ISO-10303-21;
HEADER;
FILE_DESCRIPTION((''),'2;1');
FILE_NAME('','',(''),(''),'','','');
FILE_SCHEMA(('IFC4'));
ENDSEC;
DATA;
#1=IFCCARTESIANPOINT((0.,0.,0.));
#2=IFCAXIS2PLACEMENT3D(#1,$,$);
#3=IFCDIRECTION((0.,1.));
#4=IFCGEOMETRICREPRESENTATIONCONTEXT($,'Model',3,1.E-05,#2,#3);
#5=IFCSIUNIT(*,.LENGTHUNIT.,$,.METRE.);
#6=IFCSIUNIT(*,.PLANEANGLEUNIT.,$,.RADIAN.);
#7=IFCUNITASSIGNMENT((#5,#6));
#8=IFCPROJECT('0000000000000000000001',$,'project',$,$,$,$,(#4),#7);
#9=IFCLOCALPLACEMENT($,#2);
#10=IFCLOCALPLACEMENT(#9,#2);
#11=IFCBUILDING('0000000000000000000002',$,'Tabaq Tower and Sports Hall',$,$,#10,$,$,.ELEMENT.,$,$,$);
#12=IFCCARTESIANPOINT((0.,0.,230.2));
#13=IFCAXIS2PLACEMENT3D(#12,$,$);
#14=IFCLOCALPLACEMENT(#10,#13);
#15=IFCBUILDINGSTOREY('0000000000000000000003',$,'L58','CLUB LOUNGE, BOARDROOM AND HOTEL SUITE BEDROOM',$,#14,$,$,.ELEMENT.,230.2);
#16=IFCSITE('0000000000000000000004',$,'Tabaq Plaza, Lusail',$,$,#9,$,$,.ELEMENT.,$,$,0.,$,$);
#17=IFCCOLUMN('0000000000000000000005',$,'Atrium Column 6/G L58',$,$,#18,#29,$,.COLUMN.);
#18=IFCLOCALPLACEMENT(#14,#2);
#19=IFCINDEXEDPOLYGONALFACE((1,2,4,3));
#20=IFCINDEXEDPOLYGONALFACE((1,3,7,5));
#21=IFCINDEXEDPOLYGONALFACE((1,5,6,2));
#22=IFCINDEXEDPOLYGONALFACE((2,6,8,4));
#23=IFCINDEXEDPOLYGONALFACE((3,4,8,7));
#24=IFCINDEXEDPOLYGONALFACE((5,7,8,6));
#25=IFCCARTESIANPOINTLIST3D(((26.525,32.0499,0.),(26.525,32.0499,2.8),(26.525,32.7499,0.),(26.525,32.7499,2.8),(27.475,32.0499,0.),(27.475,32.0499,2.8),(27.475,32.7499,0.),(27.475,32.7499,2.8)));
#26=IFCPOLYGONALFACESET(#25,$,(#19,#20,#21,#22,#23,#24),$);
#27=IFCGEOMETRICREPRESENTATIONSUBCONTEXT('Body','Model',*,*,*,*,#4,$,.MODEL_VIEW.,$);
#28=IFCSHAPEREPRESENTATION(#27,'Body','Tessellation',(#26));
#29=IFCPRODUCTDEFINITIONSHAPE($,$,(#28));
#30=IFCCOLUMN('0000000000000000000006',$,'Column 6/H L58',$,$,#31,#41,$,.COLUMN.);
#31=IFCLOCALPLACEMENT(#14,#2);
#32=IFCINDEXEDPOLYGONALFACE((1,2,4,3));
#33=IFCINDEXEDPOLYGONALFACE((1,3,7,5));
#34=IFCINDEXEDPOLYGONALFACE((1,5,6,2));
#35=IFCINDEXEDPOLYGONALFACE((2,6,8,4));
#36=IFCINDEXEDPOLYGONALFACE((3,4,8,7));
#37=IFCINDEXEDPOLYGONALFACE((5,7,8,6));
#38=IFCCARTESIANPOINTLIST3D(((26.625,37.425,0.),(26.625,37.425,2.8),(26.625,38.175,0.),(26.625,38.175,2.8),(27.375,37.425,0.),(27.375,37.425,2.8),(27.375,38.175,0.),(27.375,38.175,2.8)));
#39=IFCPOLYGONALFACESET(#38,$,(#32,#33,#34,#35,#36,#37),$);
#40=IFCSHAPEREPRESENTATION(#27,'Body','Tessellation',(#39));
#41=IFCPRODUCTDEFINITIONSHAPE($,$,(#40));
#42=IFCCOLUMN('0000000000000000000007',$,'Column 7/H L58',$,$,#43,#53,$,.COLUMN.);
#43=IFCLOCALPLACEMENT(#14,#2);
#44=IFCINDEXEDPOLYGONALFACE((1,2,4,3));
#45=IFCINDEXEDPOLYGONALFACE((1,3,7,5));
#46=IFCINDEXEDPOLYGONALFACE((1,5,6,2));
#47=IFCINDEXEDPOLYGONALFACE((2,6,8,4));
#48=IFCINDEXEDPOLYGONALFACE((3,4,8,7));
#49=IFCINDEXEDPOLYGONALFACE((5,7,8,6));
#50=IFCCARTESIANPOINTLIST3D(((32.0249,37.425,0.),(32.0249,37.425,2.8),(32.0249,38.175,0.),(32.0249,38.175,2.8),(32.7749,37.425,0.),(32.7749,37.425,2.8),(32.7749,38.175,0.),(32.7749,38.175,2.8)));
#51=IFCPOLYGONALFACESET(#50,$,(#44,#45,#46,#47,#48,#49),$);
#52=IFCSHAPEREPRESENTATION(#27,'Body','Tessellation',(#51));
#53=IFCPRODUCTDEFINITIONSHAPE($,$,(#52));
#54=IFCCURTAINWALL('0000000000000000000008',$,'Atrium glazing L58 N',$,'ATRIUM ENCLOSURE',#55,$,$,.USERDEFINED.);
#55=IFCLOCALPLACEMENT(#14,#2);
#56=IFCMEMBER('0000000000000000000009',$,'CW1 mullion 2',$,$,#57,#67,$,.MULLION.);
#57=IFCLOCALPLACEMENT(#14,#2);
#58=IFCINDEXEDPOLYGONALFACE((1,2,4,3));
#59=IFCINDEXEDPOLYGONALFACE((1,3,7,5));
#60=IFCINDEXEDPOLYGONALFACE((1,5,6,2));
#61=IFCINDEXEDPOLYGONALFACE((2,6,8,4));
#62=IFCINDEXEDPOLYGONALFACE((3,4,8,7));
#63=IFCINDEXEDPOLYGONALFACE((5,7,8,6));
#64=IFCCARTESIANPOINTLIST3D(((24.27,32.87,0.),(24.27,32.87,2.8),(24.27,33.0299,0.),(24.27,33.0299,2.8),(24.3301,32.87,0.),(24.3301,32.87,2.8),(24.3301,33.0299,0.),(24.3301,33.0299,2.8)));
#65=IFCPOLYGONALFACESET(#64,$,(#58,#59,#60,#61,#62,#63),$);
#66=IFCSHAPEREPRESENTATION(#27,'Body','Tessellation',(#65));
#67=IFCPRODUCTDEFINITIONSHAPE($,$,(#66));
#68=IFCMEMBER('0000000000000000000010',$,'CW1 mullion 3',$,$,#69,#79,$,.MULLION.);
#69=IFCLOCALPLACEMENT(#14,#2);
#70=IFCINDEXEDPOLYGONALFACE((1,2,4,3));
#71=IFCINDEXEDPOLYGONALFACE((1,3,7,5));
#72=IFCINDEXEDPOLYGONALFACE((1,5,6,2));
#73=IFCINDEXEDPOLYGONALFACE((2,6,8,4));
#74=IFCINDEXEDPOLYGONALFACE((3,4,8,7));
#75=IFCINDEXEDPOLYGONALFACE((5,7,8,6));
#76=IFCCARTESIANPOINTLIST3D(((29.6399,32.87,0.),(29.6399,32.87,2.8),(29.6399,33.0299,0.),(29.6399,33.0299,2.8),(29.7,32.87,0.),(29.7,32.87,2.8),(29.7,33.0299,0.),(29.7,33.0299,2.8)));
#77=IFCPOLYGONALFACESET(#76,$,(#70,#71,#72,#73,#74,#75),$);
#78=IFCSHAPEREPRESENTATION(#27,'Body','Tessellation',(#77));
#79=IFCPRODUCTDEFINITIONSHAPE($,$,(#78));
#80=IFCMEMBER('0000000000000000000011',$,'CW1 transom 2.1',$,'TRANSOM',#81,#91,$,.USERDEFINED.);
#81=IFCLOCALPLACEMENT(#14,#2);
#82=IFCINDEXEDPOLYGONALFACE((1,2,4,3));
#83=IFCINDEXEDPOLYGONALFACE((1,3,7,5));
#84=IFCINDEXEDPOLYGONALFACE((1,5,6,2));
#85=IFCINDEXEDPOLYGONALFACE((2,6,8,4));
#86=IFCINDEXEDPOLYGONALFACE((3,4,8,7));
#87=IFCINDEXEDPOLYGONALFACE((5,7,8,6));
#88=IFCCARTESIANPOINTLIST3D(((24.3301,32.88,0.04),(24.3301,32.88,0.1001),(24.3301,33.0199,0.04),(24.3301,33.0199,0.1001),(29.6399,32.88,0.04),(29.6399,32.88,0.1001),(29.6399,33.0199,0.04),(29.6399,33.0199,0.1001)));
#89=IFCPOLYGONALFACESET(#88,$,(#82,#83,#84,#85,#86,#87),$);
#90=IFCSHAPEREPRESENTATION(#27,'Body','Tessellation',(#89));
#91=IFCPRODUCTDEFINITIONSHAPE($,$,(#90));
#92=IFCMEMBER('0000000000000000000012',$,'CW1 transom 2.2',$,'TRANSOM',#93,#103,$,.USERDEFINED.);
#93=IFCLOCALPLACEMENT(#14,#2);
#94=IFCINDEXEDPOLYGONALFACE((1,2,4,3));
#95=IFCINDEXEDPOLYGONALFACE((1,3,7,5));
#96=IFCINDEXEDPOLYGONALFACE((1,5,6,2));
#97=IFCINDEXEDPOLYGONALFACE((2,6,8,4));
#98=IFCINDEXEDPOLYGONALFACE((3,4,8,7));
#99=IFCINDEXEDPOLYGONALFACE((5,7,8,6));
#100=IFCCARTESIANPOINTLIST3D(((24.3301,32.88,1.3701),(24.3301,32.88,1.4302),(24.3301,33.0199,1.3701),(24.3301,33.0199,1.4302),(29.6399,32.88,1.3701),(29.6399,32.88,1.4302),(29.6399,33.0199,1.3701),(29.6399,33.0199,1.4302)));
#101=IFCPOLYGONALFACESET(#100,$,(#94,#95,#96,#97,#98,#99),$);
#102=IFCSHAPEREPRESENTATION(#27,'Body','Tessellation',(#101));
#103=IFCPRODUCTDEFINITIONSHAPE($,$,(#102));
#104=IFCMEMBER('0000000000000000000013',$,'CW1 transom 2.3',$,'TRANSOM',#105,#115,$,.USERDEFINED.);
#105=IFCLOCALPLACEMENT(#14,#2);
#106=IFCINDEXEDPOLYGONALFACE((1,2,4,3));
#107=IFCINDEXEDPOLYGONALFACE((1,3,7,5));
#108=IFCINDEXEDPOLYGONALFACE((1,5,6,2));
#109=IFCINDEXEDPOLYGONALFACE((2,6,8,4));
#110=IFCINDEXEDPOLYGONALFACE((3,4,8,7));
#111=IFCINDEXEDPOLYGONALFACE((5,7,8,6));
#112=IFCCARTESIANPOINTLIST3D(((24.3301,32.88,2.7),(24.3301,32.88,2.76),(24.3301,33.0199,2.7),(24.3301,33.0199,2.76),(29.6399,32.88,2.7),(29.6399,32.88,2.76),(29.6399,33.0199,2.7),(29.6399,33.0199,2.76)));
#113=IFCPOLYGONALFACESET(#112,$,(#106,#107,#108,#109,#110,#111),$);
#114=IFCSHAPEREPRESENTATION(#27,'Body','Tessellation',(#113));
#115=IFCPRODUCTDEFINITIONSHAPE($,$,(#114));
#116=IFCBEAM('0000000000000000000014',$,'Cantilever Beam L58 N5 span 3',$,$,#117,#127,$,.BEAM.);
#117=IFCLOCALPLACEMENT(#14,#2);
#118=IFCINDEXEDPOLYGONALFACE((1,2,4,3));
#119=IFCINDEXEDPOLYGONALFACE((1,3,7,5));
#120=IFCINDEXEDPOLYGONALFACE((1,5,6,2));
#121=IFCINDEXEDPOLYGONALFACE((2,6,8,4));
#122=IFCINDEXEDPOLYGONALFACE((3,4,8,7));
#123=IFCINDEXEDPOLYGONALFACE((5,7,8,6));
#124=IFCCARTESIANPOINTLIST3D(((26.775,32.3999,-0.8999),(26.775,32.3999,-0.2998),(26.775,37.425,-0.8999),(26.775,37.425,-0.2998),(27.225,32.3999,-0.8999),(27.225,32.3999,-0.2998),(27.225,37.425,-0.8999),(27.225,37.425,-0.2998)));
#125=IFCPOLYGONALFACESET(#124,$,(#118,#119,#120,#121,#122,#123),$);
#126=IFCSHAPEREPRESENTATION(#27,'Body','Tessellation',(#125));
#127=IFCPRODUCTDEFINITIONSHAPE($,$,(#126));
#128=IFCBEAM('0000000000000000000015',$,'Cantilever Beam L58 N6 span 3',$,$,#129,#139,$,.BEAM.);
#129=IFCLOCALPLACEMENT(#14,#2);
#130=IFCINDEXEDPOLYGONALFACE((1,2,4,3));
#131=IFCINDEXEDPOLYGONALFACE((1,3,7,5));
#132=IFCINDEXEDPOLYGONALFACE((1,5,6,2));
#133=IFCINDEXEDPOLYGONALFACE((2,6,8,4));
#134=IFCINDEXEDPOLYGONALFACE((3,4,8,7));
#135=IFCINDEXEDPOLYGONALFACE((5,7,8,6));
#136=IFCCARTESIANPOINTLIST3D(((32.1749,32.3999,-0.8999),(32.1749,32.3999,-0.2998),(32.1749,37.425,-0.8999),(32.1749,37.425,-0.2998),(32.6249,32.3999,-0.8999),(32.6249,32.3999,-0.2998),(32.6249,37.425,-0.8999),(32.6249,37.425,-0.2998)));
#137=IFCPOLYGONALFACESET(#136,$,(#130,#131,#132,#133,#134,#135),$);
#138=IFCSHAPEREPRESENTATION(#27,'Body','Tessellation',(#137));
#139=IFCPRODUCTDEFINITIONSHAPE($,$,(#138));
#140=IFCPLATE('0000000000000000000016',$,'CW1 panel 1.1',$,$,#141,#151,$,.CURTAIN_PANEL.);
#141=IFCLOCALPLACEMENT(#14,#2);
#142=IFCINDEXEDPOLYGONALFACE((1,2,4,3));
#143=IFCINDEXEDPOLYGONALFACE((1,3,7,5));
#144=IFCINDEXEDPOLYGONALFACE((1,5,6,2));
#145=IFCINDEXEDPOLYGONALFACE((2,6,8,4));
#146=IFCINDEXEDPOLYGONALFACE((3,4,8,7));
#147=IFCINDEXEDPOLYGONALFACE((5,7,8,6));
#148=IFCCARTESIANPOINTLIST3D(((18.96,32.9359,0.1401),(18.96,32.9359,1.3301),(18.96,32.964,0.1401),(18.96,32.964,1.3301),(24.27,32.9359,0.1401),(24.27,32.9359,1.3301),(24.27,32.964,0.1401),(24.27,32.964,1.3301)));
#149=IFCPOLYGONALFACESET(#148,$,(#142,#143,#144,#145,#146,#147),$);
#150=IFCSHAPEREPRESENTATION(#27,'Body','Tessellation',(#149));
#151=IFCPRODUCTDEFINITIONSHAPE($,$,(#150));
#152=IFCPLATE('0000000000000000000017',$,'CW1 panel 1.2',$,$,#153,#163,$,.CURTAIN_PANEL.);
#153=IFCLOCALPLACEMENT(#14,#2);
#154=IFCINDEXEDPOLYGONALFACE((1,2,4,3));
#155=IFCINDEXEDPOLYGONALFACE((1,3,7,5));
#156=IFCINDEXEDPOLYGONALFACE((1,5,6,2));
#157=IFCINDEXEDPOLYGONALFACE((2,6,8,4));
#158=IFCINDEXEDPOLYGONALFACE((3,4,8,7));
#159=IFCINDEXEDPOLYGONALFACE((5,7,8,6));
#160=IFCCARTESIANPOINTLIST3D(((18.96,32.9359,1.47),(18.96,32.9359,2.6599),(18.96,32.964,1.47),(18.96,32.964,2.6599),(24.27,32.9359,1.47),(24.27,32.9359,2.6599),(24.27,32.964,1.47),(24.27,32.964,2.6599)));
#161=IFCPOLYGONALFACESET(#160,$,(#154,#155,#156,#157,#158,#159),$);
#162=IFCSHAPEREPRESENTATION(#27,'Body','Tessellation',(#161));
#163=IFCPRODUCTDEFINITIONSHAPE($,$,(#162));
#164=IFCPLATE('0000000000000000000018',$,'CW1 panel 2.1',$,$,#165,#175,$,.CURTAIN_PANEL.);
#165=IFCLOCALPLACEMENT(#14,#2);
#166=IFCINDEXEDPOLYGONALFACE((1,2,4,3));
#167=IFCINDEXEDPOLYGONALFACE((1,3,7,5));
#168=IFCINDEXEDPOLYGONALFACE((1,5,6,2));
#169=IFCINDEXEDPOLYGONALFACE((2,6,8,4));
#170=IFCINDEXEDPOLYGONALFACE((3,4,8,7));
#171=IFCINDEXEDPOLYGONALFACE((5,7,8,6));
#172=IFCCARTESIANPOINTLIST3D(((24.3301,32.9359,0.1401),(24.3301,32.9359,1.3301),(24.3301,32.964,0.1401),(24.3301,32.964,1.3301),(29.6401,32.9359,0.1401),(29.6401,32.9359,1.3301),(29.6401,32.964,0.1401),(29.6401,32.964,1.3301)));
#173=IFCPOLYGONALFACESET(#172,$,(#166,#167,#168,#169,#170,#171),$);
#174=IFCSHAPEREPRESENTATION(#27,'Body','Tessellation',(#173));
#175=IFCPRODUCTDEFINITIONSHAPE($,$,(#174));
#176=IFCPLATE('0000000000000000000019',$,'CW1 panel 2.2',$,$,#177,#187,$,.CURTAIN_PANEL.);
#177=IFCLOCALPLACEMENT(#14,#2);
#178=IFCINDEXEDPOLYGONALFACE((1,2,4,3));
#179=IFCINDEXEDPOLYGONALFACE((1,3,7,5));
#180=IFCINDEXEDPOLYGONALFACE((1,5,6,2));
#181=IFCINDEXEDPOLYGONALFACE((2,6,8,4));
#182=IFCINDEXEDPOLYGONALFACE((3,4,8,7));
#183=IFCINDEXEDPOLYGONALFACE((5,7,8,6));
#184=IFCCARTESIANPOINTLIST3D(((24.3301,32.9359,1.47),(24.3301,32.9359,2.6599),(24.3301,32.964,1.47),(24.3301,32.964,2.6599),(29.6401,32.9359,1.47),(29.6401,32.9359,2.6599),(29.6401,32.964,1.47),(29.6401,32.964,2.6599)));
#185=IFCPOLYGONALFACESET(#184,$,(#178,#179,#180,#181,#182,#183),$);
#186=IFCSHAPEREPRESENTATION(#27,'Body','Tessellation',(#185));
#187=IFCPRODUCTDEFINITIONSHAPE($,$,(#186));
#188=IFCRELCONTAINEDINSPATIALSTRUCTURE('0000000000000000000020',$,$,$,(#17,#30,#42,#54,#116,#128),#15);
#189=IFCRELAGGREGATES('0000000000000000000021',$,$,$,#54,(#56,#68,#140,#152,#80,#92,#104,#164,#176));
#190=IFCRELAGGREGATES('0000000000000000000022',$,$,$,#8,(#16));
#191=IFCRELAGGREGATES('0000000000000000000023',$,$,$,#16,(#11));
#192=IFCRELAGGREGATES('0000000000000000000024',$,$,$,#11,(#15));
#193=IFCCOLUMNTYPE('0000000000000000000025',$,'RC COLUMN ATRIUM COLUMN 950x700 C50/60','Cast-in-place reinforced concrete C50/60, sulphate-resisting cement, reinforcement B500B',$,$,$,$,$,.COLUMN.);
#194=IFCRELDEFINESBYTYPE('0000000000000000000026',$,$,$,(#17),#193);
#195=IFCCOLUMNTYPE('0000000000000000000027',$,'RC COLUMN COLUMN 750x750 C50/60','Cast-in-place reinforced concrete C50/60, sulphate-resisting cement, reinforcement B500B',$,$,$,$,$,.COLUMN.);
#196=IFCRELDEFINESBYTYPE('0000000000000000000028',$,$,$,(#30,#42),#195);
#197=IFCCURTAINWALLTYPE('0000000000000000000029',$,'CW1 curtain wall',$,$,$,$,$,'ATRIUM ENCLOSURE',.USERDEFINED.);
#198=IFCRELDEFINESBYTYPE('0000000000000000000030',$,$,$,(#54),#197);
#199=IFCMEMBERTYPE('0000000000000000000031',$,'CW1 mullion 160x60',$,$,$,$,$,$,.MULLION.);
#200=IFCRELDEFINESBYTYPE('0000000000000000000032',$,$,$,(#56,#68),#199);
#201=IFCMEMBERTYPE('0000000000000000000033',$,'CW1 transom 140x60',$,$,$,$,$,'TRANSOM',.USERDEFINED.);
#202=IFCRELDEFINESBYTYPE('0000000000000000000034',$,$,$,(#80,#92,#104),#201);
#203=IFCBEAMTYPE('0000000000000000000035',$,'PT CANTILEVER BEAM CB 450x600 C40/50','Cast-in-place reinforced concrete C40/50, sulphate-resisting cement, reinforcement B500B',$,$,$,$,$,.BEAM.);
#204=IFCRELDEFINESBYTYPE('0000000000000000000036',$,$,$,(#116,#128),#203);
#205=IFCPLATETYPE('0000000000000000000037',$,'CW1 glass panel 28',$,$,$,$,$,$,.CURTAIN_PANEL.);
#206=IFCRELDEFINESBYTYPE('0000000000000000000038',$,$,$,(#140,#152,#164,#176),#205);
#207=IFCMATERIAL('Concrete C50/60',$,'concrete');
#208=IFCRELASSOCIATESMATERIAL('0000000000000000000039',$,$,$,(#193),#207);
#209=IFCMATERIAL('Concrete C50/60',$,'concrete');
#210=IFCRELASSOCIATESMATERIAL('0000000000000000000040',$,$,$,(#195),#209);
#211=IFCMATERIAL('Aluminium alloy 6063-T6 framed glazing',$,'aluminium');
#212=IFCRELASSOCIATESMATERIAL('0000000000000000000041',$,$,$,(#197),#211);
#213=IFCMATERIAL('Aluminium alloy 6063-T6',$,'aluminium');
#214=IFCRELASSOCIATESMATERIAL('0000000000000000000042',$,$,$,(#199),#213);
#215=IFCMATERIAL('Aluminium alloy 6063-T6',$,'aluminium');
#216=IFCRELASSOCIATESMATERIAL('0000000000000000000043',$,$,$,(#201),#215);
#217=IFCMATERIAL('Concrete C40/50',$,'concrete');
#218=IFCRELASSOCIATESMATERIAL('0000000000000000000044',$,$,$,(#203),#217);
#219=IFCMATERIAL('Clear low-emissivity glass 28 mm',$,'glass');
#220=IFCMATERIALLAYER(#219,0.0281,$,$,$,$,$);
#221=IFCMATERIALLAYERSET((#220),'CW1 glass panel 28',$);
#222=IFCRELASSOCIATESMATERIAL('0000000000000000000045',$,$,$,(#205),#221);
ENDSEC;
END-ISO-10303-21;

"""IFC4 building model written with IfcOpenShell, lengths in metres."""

from ifc_helpers import new_model, si_unit, direction, frame, origin, origin_2d, place, context, subcontext, project, spatial, rectangle, extrude, material, layer, layer_set, material_profile, profile_set, type_object, element, aggregate, save


model = new_model("IFC4")

# Units and contexts
model_context = context("Model", 3, precision=1e-05, world=origin(), true_north=direction((0.0, 1.0)))
body_context = subcontext(model_context, "Body", "Model", "MODEL_VIEW")
ifc_project = project(units=[si_unit("LENGTHUNIT", "METRE"), si_unit("PLANEANGLEUNIT", "RADIAN")], contexts=[model_context])

# Site, building, storey
site_placement = place(None, origin())
site = spatial("IfcSite", under=ifc_project, at=site_placement, Name="Tabaq Plaza, Lusail", CompositionType="ELEMENT", RefElevation=0.0)
building_placement = place(site_placement, origin())
building = spatial("IfcBuilding", under=site, at=building_placement, Name="Tabaq Tower and Sports Hall", CompositionType="ELEMENT")
storey_placement = place(building_placement, frame((0.0, 0.0, 230.2)))
storey = spatial("IfcBuildingStorey", under=building, at=storey_placement, Name="L58", Description="CLUB LOUNGE, BOARDROOM AND HOTEL SUITE BEDROOM", CompositionType="ELEMENT", Elevation=230.2)

# Columns
ifc_material_1 = material(Name="Concrete C50/60", Category="concrete")
ifc_material_profile_1 = material_profile(ifc_material_1, rectangle(XDim=0.95, YDim=0.7, at=origin_2d()), Name="ATRIUM COLUMN 950x700")
ifc_profile_set_1 = profile_set([ifc_material_profile_1], Name="Concrete C50/60")
column_type_1 = type_object("IfcColumnType", Name="RC COLUMN ATRIUM COLUMN 950x700 C50/60", Description="Cast-in-place reinforced concrete C50/60, sulphate-resisting cement, reinforcement B500B", PredefinedType="COLUMN", material=ifc_profile_set_1)
column_placement = place(storey_placement, frame((27.0, 32.3999, 0.0), z_axis=(0.0, 0.0, 1.0), x_axis=(1.0, 0.0, 0.0)))
element("IfcColumn", 1, at=column_placement, inside=storey, type_object=column_type_1, Name="Atrium Column 6/G L58", PredefinedType="COLUMN", context=body_context, shape_type="SweptSolid", body=[
    extrude(rectangle(XDim=0.95, YDim=0.7, at=origin_2d()), origin(), (0.0, 0.0, 1.0), 2.8),
])
ifc_material_2 = material(Name="Concrete C50/60", Category="concrete")
ifc_material_profile_2 = material_profile(ifc_material_2, rectangle(XDim=0.75, YDim=0.75, at=origin_2d()), Name="COLUMN 750x750")
ifc_profile_set_2 = profile_set([ifc_material_profile_2], Name="Concrete C50/60")
column_type_2 = type_object("IfcColumnType", Name="RC COLUMN COLUMN 750x750 C50/60", Description="Cast-in-place reinforced concrete C50/60, sulphate-resisting cement, reinforcement B500B", PredefinedType="COLUMN", material=ifc_profile_set_2)
for number, where, z_axis, x_axis, name in (
    (2, (27.0, 37.8, 0.0), (0.0, 0.0, 1.0), (1.0, 0.0, 0.0), "Column 6/H L58"),
    (3, (32.3999, 37.8, 0.0), (0.0, 0.0, 1.0), (1.0, 0.0, 0.0), "Column 7/H L58"),
):
    element("IfcColumn", number, at=place(storey_placement, frame(where, z_axis=z_axis, x_axis=x_axis)), inside=storey, type_object=column_type_2, Name=name, PredefinedType="COLUMN", context=body_context, shape_type="SweptSolid", body=[
        extrude(rectangle(XDim=0.75, YDim=0.75, at=origin_2d()), origin(), (0.0, 0.0, 1.0), 2.8),
    ])

# Curtain wall, members
ifc_material_3 = material(Name="Aluminium alloy 6063-T6 framed glazing", Category="aluminium")
curtain_wall_type = type_object("IfcCurtainWallType", Name="CW1 curtain wall", ElementType="ATRIUM ENCLOSURE", PredefinedType="USERDEFINED", material=ifc_material_3)
curtain_wall_placement = place(storey_placement, origin())
curtain_wall = element("IfcCurtainWall", 4, at=curtain_wall_placement, inside=storey, type_object=curtain_wall_type, Name="Atrium glazing L58 N", ObjectType="ATRIUM ENCLOSURE", PredefinedType="USERDEFINED")
ifc_material_4 = material(Name="Aluminium alloy 6063-T6", Category="aluminium")
ifc_material_profile_3 = material_profile(ifc_material_4, rectangle(XDim=0.1599, YDim=0.0601, at=origin_2d()), Name="MULLION 160x60")
ifc_profile_set_3 = profile_set([ifc_material_profile_3], Name="Aluminium alloy 6063-T6")
member_type_1 = type_object("IfcMemberType", Name="CW1 mullion 160x60", PredefinedType="MULLION", material=ifc_profile_set_3)
member_1_placement = place(storey_placement, frame((24.3, 32.95, 0.0), z_axis=(0.0, 0.0, 1.0), x_axis=(0.0, 1.0, 0.0)))
member_1 = element("IfcMember", 5, at=member_1_placement, type_object=member_type_1, Name="CW1 mullion 2", PredefinedType="MULLION", context=body_context, shape_type="SweptSolid", body=[
    extrude(rectangle(XDim=0.1599, YDim=0.0601, at=origin_2d()), origin(), (0.0, 0.0, 1.0), 2.8),
])
member_2_placement = place(storey_placement, frame((29.6699, 32.95, 0.0), z_axis=(0.0, 0.0, 1.0), x_axis=(0.0, 1.0, 0.0)))
member_2 = element("IfcMember", 6, at=member_2_placement, type_object=member_type_1, Name="CW1 mullion 3", PredefinedType="MULLION", context=body_context, shape_type="SweptSolid", body=[
    extrude(rectangle(XDim=0.1599, YDim=0.0601, at=origin_2d()), origin(), (0.0, 0.0, 1.0), 2.8),
])
ifc_material_5 = material(Name="Aluminium alloy 6063-T6", Category="aluminium")
ifc_material_profile_4 = material_profile(ifc_material_5, rectangle(XDim=0.1399, YDim=0.0601, at=origin_2d()), Name="TRANSOM 140x60")
ifc_profile_set_4 = profile_set([ifc_material_profile_4], Name="Aluminium alloy 6063-T6")
member_type_2 = type_object("IfcMemberType", Name="CW1 transom 140x60", ElementType="TRANSOM", PredefinedType="USERDEFINED", material=ifc_profile_set_4)
member_3_placement = place(storey_placement, frame((24.3301, 32.95, 0.0701), z_axis=(1.0, 0.0, 0.0), x_axis=(0.0, 1.0, 0.0)))
member_3 = element("IfcMember", 7, at=member_3_placement, type_object=member_type_2, Name="CW1 transom 2.1", ObjectType="TRANSOM", PredefinedType="USERDEFINED", context=body_context, shape_type="SweptSolid", body=[
    extrude(rectangle(XDim=0.1399, YDim=0.0601, at=origin_2d()), origin(), (0.0, 0.0, 1.0), 5.3098),
])
member_4_placement = place(storey_placement, frame((24.3301, 32.95, 1.4001), z_axis=(1.0, 0.0, 0.0), x_axis=(0.0, 1.0, 0.0)))
member_4 = element("IfcMember", 8, at=member_4_placement, type_object=member_type_2, Name="CW1 transom 2.2", ObjectType="TRANSOM", PredefinedType="USERDEFINED", context=body_context, shape_type="SweptSolid", body=[
    extrude(rectangle(XDim=0.1399, YDim=0.0601, at=origin_2d()), origin(), (0.0, 0.0, 1.0), 5.3098),
])
member_5_placement = place(storey_placement, frame((24.3301, 32.95, 2.73), z_axis=(1.0, 0.0, 0.0), x_axis=(0.0, 1.0, 0.0)))
member_5 = element("IfcMember", 9, at=member_5_placement, type_object=member_type_2, Name="CW1 transom 2.3", ObjectType="TRANSOM", PredefinedType="USERDEFINED", context=body_context, shape_type="SweptSolid", body=[
    extrude(rectangle(XDim=0.1399, YDim=0.0601, at=origin_2d()), origin(), (0.0, 0.0, 1.0), 5.3098),
])

# Beams
ifc_material_6 = material(Name="Concrete C40/50", Category="concrete")
ifc_material_profile_5 = material_profile(ifc_material_6, rectangle(XDim=0.45, YDim=0.6001, at=origin_2d()), Name="CB 450x600")
ifc_profile_set_5 = profile_set([ifc_material_profile_5], Name="Concrete C40/50")
beam_type = type_object("IfcBeamType", Name="PT CANTILEVER BEAM CB 450x600 C40/50", Description="Cast-in-place reinforced concrete C40/50, sulphate-resisting cement, reinforcement B500B", PredefinedType="BEAM", material=ifc_profile_set_5)
for number, where, z_axis, x_axis, name in (
    (10, (27.0, 37.425, -0.5999), (0.0, -1.0, 0.0), (1.0, 0.0, 0.0), "Cantilever Beam L58 N5 span 3"),
    (11, (32.3999, 37.425, -0.5999), (0.0, -1.0, 0.0), (1.0, 0.0, 0.0), "Cantilever Beam L58 N6 span 3"),
):
    element("IfcBeam", number, at=place(storey_placement, frame(where, z_axis=z_axis, x_axis=x_axis)), inside=storey, type_object=beam_type, Name=name, PredefinedType="BEAM", context=body_context, shape_type="SweptSolid", body=[
        extrude(rectangle(XDim=0.45, YDim=0.6001, at=origin_2d()), origin(), (0.0, 0.0, 1.0), 5.0251),
    ])

# Plates
ifc_material_7 = material(Name="Clear low-emissivity glass 28 mm", Category="glass")
ifc_layer_1 = layer(ifc_material_7, 0.0281)
ifc_layer_set_1 = layer_set([ifc_layer_1], Name="CW1 glass panel 28")
plate_type = type_object("IfcPlateType", Name="CW1 glass panel 28", PredefinedType="CURTAIN_PANEL", material=ifc_layer_set_1)
plate_1_placement = place(storey_placement, frame((21.615, 32.95, 0.1401), z_axis=(0.0, 0.0, 1.0), x_axis=(1.0, 0.0, 0.0)))
plate_1 = element("IfcPlate", 12, at=plate_1_placement, type_object=plate_type, Name="CW1 panel 1.1", PredefinedType="CURTAIN_PANEL", context=body_context, shape_type="SweptSolid", body=[
    extrude(rectangle(XDim=5.3101, YDim=0.0281, at=origin_2d()), origin(), (0.0, 0.0, 1.0), 1.1899),
])
plate_2_placement = place(storey_placement, frame((21.615, 32.95, 1.47), z_axis=(0.0, 0.0, 1.0), x_axis=(1.0, 0.0, 0.0)))
plate_2 = element("IfcPlate", 13, at=plate_2_placement, type_object=plate_type, Name="CW1 panel 1.2", PredefinedType="CURTAIN_PANEL", context=body_context, shape_type="SweptSolid", body=[
    extrude(rectangle(XDim=5.3101, YDim=0.0281, at=origin_2d()), origin(), (0.0, 0.0, 1.0), 1.1899),
])
plate_3_placement = place(storey_placement, frame((26.9851, 32.95, 0.1401), z_axis=(0.0, 0.0, 1.0), x_axis=(1.0, 0.0, 0.0)))
plate_3 = element("IfcPlate", 14, at=plate_3_placement, type_object=plate_type, Name="CW1 panel 2.1", PredefinedType="CURTAIN_PANEL", context=body_context, shape_type="SweptSolid", body=[
    extrude(rectangle(XDim=5.3101, YDim=0.0281, at=origin_2d()), origin(), (0.0, 0.0, 1.0), 1.1899),
])
plate_4_placement = place(storey_placement, frame((26.9851, 32.95, 1.47), z_axis=(0.0, 0.0, 1.0), x_axis=(1.0, 0.0, 0.0)))
plate_4 = element("IfcPlate", 15, at=plate_4_placement, type_object=plate_type, Name="CW1 panel 2.2", PredefinedType="CURTAIN_PANEL", context=body_context, shape_type="SweptSolid", body=[
    extrude(rectangle(XDim=5.3101, YDim=0.0281, at=origin_2d()), origin(), (0.0, 0.0, 1.0), 1.1899),
])
aggregate(curtain_wall, [member_1, member_2, plate_1, plate_2, member_3, member_4, member_5, plate_3, plate_4])

save(model, "model.ifc")
